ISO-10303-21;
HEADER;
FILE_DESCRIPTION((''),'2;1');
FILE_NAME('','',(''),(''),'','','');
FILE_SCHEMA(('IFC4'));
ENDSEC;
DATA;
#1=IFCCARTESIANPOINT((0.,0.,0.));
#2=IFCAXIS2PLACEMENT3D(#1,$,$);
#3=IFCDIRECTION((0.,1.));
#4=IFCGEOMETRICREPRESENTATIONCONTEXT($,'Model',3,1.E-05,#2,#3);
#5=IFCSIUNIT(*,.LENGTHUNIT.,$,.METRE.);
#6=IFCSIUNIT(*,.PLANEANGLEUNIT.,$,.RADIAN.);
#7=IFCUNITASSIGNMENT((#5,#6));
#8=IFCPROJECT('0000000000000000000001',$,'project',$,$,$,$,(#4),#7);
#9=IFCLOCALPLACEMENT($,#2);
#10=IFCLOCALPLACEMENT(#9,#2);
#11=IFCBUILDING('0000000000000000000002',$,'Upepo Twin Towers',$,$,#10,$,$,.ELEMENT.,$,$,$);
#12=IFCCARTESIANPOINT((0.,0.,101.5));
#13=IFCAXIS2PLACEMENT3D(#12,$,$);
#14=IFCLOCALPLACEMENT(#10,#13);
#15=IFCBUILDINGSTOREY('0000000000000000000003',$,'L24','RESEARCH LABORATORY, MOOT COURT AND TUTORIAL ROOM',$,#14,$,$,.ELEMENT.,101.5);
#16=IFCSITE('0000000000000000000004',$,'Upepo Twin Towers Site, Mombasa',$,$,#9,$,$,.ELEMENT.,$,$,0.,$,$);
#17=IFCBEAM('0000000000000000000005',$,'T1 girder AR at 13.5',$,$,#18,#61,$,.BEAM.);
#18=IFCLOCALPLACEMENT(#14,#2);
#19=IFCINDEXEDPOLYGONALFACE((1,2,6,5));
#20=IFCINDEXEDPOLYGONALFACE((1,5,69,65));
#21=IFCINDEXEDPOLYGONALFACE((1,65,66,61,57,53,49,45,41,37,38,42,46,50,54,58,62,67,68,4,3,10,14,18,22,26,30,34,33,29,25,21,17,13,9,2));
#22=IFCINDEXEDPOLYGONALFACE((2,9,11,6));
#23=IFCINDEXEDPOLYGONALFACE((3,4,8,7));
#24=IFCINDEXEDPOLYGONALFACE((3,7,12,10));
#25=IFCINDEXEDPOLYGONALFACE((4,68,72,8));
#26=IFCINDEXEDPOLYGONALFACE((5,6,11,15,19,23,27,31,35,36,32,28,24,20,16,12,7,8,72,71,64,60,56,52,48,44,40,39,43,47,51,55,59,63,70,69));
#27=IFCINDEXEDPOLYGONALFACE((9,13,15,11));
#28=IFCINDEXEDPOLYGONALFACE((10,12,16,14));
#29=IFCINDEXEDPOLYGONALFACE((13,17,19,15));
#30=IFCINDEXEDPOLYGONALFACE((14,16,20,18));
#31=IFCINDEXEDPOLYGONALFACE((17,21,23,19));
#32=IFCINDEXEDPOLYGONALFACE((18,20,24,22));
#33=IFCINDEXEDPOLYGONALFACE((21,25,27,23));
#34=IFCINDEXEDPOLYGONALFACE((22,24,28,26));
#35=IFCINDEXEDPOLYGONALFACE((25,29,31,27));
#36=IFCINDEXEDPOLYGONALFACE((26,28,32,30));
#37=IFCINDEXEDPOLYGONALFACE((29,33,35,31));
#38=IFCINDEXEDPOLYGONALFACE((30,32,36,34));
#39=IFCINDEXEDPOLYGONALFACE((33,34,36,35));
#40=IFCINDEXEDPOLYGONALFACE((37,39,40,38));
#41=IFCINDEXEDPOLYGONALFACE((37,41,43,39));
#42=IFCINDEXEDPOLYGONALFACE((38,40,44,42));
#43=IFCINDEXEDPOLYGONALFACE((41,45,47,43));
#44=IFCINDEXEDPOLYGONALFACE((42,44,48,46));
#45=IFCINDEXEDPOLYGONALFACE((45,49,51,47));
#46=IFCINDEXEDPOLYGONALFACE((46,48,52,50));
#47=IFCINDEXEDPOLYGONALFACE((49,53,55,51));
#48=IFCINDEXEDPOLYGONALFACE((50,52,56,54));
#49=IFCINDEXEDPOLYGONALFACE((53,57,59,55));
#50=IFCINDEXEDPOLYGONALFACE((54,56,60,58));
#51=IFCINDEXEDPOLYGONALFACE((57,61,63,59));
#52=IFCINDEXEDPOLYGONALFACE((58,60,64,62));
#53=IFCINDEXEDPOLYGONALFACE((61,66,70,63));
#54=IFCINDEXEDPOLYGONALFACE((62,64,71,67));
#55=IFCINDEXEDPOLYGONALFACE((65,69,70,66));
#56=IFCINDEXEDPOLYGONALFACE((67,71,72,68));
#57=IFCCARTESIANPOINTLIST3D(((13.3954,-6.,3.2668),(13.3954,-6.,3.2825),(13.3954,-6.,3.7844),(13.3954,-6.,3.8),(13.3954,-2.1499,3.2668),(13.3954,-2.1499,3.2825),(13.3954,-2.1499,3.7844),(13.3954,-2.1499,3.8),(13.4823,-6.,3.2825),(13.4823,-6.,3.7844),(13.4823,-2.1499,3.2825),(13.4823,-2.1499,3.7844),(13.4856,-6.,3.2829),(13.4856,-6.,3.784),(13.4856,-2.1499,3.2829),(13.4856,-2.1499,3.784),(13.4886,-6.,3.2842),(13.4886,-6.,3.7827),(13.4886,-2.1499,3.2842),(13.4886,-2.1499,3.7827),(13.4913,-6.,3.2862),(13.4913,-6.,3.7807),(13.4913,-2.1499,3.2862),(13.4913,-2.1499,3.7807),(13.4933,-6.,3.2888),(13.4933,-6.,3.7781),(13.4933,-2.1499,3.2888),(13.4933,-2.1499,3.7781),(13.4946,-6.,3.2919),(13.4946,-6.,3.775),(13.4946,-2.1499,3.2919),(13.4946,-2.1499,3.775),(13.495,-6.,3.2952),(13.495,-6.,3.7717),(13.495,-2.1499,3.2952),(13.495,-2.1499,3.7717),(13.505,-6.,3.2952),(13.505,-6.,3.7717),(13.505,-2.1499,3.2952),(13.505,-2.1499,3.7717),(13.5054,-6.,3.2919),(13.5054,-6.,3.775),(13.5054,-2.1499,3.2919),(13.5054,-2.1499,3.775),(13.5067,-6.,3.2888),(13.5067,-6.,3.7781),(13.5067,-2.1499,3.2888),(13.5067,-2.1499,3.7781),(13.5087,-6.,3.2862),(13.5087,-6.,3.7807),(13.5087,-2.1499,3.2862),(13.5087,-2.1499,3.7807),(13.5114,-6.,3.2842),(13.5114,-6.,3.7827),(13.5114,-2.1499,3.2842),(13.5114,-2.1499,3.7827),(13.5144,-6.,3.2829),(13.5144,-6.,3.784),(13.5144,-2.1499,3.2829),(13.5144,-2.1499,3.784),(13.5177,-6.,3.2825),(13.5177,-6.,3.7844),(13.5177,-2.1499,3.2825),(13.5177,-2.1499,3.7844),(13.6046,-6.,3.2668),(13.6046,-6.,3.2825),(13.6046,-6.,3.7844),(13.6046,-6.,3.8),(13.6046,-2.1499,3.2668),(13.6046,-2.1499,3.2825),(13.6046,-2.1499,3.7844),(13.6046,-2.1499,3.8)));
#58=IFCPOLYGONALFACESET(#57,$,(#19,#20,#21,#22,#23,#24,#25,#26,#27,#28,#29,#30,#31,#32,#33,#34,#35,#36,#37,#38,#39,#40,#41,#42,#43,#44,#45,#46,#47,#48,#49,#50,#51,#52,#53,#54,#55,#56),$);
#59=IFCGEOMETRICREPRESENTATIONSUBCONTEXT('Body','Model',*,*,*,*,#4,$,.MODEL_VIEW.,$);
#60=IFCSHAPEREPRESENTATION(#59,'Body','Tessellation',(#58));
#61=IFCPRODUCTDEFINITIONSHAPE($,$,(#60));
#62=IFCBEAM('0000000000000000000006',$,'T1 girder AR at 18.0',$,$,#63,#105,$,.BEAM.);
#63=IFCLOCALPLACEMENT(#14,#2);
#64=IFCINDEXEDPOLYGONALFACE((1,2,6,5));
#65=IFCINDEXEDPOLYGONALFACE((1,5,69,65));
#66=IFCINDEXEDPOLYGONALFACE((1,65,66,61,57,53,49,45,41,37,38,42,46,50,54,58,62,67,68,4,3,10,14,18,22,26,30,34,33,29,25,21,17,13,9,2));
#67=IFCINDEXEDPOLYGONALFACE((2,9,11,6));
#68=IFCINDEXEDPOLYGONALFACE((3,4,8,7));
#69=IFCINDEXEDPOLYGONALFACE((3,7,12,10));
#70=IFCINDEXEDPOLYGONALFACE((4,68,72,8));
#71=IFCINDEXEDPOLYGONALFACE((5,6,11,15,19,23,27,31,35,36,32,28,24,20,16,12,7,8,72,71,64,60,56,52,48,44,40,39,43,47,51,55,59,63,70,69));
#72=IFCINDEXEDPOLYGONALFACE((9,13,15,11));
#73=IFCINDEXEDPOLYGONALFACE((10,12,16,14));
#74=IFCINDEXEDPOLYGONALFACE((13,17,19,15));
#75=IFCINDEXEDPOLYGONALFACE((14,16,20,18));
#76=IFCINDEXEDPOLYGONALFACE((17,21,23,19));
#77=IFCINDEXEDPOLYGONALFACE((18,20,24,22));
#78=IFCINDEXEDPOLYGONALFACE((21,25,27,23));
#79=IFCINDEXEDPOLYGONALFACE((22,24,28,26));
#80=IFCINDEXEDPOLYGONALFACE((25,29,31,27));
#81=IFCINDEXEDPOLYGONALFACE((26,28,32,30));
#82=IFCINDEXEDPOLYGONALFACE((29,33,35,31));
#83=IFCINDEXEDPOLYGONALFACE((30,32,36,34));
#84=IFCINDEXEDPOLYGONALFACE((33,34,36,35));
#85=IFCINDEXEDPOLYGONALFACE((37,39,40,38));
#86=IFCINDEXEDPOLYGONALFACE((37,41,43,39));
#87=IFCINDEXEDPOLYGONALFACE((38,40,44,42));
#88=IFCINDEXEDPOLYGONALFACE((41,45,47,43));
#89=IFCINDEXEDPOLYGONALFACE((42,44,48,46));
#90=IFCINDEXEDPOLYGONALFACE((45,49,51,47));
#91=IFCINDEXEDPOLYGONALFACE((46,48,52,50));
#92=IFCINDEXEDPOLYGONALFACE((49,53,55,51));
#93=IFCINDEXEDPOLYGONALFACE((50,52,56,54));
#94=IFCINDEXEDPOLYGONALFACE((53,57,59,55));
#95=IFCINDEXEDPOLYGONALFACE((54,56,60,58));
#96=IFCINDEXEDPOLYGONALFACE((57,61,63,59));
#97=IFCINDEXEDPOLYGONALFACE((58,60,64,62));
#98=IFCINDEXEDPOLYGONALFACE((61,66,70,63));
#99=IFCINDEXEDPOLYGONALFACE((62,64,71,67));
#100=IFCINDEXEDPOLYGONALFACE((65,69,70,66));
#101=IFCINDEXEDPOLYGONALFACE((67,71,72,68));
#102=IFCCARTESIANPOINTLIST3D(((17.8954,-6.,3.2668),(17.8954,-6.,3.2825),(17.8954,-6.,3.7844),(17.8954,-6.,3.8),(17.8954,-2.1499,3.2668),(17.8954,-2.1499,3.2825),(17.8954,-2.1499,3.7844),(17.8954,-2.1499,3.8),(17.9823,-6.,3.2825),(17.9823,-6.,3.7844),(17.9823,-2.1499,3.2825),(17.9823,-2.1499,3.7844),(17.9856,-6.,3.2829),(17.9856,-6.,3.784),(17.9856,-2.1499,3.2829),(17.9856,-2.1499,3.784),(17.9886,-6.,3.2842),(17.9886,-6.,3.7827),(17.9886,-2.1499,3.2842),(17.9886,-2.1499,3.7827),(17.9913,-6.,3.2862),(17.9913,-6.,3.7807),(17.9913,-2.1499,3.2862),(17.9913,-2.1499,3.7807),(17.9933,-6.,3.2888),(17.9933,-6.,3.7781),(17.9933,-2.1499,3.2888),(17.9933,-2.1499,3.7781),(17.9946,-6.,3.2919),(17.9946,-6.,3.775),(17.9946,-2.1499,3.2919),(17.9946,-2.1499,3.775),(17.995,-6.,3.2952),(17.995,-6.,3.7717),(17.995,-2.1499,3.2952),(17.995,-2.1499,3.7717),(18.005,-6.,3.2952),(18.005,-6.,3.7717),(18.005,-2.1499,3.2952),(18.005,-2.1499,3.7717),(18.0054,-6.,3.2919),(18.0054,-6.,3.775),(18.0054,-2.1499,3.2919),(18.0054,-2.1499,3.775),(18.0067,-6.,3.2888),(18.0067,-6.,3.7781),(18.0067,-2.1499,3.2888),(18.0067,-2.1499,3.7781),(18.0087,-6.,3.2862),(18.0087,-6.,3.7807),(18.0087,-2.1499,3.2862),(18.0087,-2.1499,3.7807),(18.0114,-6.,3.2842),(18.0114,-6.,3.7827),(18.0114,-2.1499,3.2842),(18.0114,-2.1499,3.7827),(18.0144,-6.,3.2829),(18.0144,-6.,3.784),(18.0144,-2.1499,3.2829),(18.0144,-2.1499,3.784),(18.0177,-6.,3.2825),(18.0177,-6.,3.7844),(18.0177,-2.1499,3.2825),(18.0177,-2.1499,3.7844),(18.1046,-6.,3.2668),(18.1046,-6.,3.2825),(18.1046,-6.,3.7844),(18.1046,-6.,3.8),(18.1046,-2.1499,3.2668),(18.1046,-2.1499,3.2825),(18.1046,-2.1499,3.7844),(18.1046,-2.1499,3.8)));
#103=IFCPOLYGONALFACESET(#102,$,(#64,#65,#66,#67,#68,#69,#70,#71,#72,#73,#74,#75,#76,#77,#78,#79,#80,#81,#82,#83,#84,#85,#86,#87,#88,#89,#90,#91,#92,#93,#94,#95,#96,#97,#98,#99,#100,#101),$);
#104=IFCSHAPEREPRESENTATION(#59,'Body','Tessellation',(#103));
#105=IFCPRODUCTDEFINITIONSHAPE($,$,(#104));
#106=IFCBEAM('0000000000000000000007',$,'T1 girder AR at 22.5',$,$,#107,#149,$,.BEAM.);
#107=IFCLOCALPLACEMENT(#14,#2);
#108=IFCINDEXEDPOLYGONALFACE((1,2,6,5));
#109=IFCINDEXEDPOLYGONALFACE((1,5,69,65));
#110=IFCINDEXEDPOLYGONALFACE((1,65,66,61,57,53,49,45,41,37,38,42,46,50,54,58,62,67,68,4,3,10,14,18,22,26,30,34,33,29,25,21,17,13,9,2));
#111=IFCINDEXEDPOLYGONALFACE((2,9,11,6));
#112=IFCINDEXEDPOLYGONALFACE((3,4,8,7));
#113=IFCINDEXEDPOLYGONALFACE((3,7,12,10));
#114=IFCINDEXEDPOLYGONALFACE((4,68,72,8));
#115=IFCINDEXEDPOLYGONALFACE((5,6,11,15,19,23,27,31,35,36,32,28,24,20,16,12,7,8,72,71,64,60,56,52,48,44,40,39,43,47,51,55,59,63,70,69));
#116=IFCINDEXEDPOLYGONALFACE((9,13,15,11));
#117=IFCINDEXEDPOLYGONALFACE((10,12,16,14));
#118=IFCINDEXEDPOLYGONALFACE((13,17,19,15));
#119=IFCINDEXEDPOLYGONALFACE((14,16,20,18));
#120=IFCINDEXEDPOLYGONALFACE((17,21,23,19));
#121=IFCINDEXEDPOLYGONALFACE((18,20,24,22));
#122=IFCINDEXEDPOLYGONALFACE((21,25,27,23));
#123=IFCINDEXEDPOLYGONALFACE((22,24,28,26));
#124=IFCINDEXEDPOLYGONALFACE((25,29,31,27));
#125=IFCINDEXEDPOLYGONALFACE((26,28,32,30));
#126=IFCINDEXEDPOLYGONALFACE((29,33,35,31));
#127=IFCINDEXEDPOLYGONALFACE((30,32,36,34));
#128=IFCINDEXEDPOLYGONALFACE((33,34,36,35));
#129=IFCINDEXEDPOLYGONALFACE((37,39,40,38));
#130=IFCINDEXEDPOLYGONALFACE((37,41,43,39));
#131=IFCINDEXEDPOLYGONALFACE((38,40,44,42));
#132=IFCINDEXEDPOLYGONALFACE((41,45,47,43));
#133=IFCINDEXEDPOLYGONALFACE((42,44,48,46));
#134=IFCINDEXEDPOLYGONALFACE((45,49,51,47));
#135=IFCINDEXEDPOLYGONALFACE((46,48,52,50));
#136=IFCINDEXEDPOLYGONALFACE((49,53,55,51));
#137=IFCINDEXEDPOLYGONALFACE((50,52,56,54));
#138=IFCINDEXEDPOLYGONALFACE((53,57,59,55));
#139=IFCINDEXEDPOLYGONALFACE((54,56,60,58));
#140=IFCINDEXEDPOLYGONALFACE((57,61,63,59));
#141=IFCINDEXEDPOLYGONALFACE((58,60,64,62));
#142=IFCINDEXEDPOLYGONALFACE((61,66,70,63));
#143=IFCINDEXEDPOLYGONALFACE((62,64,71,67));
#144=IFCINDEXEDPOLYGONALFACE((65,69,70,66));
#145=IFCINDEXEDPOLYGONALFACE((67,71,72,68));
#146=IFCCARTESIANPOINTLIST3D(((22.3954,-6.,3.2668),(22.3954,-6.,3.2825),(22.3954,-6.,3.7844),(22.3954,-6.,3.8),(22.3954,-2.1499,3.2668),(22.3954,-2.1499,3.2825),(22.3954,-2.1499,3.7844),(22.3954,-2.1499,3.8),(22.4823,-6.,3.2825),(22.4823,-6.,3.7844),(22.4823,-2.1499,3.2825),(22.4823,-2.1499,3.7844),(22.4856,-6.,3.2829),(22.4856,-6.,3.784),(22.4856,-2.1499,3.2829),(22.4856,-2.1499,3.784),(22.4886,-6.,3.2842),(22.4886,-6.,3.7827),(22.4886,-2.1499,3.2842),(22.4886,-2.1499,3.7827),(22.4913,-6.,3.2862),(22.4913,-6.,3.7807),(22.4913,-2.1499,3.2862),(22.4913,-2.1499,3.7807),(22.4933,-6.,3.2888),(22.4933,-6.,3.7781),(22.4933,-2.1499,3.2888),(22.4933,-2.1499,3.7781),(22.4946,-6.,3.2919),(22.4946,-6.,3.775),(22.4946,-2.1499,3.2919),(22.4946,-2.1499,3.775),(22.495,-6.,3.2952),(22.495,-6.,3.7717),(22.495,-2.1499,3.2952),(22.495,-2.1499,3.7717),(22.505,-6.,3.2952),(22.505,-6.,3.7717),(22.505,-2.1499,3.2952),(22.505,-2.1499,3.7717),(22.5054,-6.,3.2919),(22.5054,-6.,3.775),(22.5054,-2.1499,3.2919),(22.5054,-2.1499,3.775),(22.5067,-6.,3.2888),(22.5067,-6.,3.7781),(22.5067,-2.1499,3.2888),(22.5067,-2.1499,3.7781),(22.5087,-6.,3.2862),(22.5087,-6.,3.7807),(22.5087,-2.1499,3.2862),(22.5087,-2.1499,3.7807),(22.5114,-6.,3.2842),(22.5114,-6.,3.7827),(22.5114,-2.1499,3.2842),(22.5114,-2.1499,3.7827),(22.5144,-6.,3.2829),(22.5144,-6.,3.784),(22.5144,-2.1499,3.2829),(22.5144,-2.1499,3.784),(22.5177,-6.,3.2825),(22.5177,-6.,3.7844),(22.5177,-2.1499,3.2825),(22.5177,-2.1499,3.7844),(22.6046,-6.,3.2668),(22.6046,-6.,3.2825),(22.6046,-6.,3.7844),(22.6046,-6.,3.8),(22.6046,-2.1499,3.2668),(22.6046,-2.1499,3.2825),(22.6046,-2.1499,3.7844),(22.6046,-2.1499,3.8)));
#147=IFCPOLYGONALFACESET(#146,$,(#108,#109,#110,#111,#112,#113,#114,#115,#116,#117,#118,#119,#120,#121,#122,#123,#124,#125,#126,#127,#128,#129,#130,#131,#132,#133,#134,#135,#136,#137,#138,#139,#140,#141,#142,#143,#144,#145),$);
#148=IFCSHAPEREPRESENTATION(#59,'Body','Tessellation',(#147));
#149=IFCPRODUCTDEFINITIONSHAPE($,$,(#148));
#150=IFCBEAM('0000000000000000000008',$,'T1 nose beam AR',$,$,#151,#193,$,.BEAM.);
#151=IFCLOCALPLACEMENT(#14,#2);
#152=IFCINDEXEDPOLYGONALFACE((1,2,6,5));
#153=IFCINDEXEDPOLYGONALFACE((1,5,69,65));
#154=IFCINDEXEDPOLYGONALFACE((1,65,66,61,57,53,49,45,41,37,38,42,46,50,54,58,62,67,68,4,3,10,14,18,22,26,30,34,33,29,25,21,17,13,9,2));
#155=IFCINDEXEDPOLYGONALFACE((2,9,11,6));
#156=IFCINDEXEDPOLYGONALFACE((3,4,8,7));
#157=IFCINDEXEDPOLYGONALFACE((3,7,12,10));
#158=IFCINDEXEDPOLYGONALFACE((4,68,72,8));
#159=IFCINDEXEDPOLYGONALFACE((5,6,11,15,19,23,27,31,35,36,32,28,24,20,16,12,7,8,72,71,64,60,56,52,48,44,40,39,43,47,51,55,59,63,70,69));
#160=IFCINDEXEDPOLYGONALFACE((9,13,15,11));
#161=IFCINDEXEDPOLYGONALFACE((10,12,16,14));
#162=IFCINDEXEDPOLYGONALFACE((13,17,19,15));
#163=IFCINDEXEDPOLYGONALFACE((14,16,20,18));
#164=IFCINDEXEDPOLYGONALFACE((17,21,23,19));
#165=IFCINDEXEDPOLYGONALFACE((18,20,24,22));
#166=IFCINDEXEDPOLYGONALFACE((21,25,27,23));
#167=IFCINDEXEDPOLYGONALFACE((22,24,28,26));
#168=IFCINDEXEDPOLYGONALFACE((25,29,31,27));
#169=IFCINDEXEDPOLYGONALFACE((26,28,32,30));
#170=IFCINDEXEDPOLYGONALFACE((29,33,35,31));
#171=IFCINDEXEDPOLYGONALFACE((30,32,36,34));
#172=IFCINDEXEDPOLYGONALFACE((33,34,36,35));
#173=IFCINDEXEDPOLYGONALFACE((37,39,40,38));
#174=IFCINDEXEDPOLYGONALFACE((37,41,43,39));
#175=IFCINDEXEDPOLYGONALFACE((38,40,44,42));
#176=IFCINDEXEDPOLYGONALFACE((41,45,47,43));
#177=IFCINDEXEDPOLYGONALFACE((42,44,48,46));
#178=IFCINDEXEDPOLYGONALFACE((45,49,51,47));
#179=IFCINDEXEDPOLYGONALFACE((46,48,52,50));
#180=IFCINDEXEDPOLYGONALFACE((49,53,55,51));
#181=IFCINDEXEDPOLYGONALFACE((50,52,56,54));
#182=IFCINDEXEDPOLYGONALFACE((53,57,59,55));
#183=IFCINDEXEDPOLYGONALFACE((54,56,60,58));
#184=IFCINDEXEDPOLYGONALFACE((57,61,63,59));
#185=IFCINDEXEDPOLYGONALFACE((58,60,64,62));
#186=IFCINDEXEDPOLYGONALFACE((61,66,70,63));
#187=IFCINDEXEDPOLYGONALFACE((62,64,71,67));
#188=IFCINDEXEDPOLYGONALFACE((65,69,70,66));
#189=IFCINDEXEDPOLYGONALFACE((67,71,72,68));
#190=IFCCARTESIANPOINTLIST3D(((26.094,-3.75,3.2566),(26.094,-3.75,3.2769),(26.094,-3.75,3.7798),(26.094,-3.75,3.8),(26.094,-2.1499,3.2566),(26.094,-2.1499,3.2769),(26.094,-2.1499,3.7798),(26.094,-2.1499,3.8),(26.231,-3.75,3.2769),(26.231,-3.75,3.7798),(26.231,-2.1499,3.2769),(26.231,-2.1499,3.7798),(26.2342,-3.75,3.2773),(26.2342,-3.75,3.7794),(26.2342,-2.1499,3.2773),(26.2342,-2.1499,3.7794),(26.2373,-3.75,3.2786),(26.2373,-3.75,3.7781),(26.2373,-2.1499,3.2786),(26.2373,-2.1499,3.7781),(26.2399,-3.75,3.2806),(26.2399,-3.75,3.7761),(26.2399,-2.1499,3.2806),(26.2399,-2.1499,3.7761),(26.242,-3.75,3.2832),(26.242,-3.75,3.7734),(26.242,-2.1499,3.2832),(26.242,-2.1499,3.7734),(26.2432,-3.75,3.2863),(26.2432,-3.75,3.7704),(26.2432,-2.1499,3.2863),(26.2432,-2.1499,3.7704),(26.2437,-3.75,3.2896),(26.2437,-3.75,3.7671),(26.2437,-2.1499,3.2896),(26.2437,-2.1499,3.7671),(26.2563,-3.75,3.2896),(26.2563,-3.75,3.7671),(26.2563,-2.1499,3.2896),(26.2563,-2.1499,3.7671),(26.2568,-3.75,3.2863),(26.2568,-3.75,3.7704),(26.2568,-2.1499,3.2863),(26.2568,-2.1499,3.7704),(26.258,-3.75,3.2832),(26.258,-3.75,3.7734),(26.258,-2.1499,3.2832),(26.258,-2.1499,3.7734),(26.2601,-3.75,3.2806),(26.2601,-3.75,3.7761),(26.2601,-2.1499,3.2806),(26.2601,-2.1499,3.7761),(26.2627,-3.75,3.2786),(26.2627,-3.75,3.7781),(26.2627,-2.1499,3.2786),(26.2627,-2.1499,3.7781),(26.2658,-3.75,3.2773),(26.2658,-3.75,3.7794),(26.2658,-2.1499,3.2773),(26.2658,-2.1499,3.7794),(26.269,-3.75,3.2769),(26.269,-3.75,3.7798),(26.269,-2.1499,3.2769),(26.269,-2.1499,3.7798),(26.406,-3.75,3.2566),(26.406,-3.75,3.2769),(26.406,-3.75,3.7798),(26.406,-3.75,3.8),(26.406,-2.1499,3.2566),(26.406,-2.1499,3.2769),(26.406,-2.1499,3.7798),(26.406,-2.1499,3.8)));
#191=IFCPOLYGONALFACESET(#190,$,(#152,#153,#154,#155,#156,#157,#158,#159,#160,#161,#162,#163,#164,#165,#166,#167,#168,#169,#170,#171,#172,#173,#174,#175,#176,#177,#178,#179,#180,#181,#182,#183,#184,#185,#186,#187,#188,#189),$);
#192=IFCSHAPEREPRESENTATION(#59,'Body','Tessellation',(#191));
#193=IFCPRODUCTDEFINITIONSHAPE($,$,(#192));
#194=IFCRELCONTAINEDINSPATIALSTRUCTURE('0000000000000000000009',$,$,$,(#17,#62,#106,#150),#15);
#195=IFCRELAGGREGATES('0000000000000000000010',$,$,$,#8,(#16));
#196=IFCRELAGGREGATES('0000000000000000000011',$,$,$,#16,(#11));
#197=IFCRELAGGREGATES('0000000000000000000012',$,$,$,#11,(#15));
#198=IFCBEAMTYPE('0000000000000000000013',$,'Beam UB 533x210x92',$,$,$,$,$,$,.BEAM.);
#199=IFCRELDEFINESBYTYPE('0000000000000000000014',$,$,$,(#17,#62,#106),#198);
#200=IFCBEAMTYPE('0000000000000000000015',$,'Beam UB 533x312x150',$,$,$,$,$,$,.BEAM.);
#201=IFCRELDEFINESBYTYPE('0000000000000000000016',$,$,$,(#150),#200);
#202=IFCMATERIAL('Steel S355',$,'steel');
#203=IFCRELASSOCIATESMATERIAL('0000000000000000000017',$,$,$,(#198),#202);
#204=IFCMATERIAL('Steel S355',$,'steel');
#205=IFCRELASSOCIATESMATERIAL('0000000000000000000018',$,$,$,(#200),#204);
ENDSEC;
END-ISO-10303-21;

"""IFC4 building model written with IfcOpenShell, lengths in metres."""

from ifc_helpers import new_model, si_unit, direction, frame, origin, origin_2d, place, context, subcontext, project, spatial, i_section, extrude, material, material_profile, profile_set, type_object, element, save


model = new_model("IFC4")

# Units and contexts
model_context = context("Model", 3, precision=1e-05, world=origin(), true_north=direction((0.0, 1.0)))
body_context = subcontext(model_context, "Body", "Model", "MODEL_VIEW")
ifc_project = project(units=[si_unit("LENGTHUNIT", "METRE"), si_unit("PLANEANGLEUNIT", "RADIAN")], contexts=[model_context])

# Site, building, storey
site_placement = place(None, origin())
site = spatial("IfcSite", under=ifc_project, at=site_placement, Name="Upepo Twin Towers Site, Mombasa", CompositionType="ELEMENT", RefElevation=0.0)
building_placement = place(site_placement, origin())
building = spatial("IfcBuilding", under=site, at=building_placement, Name="Upepo Twin Towers", CompositionType="ELEMENT")
storey_placement = place(building_placement, frame((0.0, 0.0, 101.5)))
storey = spatial("IfcBuildingStorey", under=building, at=storey_placement, Name="L24", Description="RESEARCH LABORATORY, MOOT COURT AND TUTORIAL ROOM", CompositionType="ELEMENT", Elevation=101.5)

# Beams
ifc_material_1 = material(Name="Steel S355", Category="steel")
ifc_material_profile_1 = material_profile(ifc_material_1, i_section(OverallWidth=0.2092, OverallDepth=0.5332, WebThickness=0.01, FlangeThickness=0.0156, FilletRadius=0.0127, at=origin_2d()), Name="UB 533x210x92")
ifc_profile_set_1 = profile_set([ifc_material_profile_1], Name="Steel S355")
beam_type_1 = type_object("IfcBeamType", Name="Beam UB 533x210x92", PredefinedType="BEAM", material=ifc_profile_set_1)
for number, where, z_axis, x_axis, name in (
    (1, (13.5, -6.0, 3.5334), (0.0, 1.0, 0.0), (-1.0, 0.0, 0.0), "T1 girder AR at 13.5"),
    (2, (18.0, -6.0, 3.5334), (0.0, 1.0, 0.0), (-1.0, 0.0, 0.0), "T1 girder AR at 18.0"),
    (3, (22.5, -6.0, 3.5334), (0.0, 1.0, 0.0), (-1.0, 0.0, 0.0), "T1 girder AR at 22.5"),
):
    element("IfcBeam", number, at=place(storey_placement, frame(where, z_axis=z_axis, x_axis=x_axis)), inside=storey, type_object=beam_type_1, Name=name, PredefinedType="BEAM", context=body_context, shape_type="SweptSolid", body=[
        extrude(i_section(OverallWidth=0.2092, OverallDepth=0.5332, WebThickness=0.01, FlangeThickness=0.0156, FilletRadius=0.0127, at=origin_2d()), origin(), (0.0, 0.0, 1.0), 3.8501),
    ])
ifc_material_2 = material(Name="Steel S355", Category="steel")
ifc_material_profile_2 = material_profile(ifc_material_2, i_section(OverallWidth=0.312, OverallDepth=0.5435, WebThickness=0.0127, FlangeThickness=0.0203, FilletRadius=0.0127, at=origin_2d()), Name="UB 533x312x150")
ifc_profile_set_2 = profile_set([ifc_material_profile_2], Name="Steel S355")
beam_type_2 = type_object("IfcBeamType", Name="Beam UB 533x312x150", PredefinedType="BEAM", material=ifc_profile_set_2)
beam_1_placement = place(storey_placement, frame((26.25, -3.75, 3.5283), z_axis=(0.0, 1.0, 0.0), x_axis=(-1.0, 0.0, 0.0)))
element("IfcBeam", 4, at=beam_1_placement, inside=storey, type_object=beam_type_2, Name="T1 nose beam AR", PredefinedType="BEAM", context=body_context, shape_type="SweptSolid", body=[
    extrude(i_section(OverallWidth=0.312, OverallDepth=0.5435, WebThickness=0.0127, FlangeThickness=0.0203, FilletRadius=0.0127, at=origin_2d()), origin(), (0.0, 0.0, 1.0), 1.6001),
])

save(model, "model.ifc")
